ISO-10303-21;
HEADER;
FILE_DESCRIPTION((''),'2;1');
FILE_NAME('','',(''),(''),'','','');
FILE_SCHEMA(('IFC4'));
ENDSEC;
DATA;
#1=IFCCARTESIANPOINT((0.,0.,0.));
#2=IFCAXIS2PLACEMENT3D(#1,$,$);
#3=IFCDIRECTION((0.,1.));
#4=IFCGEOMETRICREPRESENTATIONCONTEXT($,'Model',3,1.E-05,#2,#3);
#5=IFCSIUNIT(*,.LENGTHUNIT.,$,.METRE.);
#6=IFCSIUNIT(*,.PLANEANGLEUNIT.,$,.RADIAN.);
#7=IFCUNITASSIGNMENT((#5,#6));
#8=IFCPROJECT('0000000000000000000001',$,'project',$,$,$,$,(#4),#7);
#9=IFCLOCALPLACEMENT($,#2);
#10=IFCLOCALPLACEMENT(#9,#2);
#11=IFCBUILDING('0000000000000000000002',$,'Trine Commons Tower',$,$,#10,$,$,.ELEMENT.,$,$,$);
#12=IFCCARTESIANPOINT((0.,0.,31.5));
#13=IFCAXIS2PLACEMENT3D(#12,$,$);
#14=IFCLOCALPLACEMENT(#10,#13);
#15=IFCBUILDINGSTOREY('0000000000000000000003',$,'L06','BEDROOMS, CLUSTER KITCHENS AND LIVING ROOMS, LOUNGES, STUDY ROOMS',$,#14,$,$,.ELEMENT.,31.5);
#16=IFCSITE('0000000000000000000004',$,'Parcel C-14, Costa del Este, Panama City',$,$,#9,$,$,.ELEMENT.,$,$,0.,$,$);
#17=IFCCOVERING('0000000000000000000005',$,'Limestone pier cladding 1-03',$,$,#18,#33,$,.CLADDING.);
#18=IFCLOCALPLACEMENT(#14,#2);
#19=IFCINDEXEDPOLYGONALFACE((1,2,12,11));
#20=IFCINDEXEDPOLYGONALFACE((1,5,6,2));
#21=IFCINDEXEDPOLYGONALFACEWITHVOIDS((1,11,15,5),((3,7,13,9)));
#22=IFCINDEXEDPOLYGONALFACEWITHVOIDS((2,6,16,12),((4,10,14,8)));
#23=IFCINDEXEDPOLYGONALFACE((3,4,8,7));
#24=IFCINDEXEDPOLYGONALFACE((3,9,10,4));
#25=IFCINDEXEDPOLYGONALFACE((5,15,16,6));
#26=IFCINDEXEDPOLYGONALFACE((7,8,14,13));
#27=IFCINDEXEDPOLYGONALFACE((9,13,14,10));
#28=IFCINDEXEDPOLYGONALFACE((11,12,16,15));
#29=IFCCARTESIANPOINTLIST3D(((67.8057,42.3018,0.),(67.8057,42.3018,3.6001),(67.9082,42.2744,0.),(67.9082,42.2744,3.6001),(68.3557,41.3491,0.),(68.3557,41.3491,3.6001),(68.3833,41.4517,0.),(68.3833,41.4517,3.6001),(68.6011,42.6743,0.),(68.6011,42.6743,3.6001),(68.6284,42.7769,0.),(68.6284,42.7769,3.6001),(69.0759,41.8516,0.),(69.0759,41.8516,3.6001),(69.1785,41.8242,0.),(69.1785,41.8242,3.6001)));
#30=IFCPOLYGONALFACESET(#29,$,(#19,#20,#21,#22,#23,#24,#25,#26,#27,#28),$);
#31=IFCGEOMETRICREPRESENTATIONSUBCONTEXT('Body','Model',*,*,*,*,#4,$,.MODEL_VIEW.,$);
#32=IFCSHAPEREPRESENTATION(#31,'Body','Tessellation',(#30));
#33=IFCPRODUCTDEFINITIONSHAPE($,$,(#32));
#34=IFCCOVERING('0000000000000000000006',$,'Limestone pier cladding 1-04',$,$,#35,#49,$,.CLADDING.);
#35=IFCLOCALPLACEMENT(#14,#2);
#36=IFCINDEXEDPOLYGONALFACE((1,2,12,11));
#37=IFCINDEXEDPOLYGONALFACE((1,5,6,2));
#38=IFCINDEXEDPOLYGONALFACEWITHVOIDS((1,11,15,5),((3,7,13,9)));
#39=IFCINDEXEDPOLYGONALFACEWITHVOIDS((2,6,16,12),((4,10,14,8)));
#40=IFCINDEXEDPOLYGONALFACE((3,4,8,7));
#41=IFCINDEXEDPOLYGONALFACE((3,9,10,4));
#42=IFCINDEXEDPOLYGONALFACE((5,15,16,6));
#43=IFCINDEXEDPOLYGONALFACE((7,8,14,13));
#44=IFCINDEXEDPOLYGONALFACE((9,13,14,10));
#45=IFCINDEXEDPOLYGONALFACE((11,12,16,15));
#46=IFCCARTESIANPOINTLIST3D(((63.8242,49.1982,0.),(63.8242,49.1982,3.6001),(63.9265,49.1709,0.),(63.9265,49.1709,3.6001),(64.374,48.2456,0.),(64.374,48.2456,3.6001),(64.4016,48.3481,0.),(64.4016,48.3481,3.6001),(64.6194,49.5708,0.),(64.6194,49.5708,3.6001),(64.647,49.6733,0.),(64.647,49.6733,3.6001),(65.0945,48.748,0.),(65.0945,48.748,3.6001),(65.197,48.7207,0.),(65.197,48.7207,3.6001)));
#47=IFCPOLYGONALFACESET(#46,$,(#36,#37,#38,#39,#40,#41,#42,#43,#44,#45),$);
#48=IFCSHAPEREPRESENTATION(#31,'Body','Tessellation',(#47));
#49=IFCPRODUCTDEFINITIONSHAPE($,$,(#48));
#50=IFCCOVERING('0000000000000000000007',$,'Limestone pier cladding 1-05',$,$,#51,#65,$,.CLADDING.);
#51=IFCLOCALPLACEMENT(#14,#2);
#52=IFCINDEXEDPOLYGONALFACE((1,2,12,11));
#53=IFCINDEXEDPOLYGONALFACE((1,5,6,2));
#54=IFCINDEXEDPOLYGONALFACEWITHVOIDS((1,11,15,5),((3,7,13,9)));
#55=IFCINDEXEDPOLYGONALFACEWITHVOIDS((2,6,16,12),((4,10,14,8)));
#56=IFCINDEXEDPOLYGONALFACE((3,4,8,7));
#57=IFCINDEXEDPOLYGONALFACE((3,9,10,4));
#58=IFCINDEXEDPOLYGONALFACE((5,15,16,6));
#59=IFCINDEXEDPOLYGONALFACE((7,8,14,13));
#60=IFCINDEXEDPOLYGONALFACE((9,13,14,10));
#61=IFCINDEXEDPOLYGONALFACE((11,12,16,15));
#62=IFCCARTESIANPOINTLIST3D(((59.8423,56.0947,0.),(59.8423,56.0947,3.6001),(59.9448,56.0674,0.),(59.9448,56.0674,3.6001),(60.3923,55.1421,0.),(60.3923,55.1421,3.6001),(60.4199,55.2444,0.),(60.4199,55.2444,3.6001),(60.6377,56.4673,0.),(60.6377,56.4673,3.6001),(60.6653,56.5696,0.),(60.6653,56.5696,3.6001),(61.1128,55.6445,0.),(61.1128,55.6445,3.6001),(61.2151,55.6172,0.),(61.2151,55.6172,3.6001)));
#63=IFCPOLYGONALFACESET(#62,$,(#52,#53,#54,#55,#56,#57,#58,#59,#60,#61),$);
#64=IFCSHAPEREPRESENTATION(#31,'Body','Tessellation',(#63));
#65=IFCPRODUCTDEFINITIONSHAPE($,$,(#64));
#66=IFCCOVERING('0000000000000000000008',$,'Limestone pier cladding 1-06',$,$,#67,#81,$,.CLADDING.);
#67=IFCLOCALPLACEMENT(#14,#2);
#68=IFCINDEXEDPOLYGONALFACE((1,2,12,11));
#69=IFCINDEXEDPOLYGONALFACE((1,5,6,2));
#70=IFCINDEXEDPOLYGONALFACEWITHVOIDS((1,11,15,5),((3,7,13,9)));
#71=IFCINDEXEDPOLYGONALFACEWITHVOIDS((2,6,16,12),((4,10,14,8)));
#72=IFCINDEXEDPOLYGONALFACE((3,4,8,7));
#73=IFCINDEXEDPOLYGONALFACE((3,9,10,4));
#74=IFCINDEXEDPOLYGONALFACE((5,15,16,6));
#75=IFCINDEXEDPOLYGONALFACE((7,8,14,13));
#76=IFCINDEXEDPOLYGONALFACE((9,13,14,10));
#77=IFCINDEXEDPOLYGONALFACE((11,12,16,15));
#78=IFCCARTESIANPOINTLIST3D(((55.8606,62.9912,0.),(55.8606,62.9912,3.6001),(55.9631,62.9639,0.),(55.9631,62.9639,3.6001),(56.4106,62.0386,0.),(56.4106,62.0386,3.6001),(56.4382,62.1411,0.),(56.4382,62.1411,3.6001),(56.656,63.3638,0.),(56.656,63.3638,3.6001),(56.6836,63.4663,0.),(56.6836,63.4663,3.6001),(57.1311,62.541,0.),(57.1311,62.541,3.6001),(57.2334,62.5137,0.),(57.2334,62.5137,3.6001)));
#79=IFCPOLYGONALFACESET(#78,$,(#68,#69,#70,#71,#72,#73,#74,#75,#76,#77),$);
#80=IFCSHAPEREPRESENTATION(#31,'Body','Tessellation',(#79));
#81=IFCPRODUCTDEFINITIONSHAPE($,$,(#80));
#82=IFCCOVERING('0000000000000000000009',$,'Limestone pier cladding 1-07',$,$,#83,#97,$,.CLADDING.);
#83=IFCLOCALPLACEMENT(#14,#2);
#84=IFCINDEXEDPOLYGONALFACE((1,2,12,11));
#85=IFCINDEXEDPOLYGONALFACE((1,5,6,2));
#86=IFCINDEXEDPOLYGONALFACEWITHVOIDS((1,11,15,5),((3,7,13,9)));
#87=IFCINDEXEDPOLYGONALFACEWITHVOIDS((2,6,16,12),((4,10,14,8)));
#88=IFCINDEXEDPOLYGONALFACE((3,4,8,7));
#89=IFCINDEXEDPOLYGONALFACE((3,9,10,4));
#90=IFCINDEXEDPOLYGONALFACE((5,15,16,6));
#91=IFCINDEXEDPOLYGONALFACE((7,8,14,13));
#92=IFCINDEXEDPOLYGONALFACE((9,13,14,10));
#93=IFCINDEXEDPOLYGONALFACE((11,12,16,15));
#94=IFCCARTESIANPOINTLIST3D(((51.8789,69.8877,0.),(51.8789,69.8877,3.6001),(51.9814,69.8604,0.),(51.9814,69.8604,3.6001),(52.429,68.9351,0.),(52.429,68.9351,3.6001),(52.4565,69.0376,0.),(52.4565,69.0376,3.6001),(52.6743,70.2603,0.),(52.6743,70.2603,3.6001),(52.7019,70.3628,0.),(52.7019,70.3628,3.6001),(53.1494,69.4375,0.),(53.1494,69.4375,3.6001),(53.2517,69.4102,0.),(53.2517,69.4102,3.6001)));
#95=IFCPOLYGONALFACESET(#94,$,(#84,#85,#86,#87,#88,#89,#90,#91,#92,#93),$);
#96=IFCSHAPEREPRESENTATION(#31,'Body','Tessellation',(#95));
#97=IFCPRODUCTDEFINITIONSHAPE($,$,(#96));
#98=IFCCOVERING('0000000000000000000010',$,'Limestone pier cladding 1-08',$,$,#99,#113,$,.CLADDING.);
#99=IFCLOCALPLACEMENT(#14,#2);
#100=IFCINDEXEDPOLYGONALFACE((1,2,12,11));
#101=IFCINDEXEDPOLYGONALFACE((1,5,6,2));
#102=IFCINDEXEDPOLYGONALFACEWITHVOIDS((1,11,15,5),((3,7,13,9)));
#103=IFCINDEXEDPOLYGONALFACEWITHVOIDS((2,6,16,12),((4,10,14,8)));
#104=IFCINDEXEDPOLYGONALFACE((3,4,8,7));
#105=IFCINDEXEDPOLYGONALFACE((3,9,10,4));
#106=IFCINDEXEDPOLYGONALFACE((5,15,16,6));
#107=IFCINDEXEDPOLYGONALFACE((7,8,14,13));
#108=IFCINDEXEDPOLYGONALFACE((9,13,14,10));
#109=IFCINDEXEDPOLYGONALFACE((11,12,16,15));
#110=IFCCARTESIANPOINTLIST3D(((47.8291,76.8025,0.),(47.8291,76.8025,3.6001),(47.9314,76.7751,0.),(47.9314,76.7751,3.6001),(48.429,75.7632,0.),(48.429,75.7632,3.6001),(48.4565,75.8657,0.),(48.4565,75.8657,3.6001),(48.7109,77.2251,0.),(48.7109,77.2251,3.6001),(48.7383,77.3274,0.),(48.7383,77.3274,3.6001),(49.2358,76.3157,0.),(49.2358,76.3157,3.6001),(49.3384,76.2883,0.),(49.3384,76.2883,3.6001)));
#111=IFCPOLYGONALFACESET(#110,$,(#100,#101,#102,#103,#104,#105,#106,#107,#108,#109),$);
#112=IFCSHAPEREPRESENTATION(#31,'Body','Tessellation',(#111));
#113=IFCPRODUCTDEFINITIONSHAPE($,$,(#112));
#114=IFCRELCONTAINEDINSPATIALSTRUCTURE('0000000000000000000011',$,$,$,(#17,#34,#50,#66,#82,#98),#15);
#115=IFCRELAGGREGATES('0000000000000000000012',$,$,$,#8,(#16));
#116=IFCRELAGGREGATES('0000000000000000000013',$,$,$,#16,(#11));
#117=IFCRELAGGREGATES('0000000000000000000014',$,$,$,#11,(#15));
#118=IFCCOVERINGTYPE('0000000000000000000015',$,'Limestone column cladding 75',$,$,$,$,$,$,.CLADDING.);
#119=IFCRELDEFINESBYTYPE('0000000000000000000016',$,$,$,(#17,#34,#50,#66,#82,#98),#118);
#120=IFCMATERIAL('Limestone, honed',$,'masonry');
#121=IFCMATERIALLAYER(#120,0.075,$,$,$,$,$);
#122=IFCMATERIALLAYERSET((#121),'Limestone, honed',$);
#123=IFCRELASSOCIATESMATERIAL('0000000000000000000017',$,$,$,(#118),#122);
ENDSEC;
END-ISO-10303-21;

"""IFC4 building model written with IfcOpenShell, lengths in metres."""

from ifc_helpers import new_model, si_unit, direction, frame, origin, place, context, subcontext, project, spatial, polyline, outline, extrude, material, layer, layer_set, type_object, element, save


model = new_model("IFC4")

# Units and contexts
model_context = context("Model", 3, precision=1e-05, world=origin(), true_north=direction((0.0, 1.0)))
body_context = subcontext(model_context, "Body", "Model", "MODEL_VIEW")
ifc_project = project(units=[si_unit("LENGTHUNIT", "METRE"), si_unit("PLANEANGLEUNIT", "RADIAN")], contexts=[model_context])

# Site, building, storey
site_placement = place(None, origin())
site = spatial("IfcSite", under=ifc_project, at=site_placement, Name="Parcel C-14, Costa del Este, Panama City", CompositionType="ELEMENT", RefElevation=0.0)
building_placement = place(site_placement, origin())
building = spatial("IfcBuilding", under=site, at=building_placement, Name="Trine Commons Tower", CompositionType="ELEMENT")
storey_placement = place(building_placement, frame((0.0, 0.0, 31.5)))
storey = spatial("IfcBuildingStorey", under=building, at=storey_placement, Name="L06", Description="BEDROOMS, CLUSTER KITCHENS AND LIVING ROOMS, LOUNGES, STUDY ROOMS", CompositionType="ELEMENT", Elevation=31.5)

# Coverings
ifc_material_1 = material(Name="Limestone, honed", Category="masonry")
ifc_layer_1 = layer(ifc_material_1, 0.075)
ifc_layer_set_1 = layer_set([ifc_layer_1], Name="Limestone, honed")
covering_type_1 = type_object("IfcCoveringType", Name="Limestone column cladding 75", PredefinedType="CLADDING", material=ifc_layer_set_1)
covering_1_placement = place(storey_placement, origin())
element("IfcCovering", 1, at=covering_1_placement, inside=storey, type_object=covering_type_1, Name="Limestone pier cladding 1-03", PredefinedType="CLADDING", context=body_context, shape_type="SweptSolid", body=[
    extrude(outline(polyline([(68.6284, 42.7769), (67.8057, 42.3018), (68.3557, 41.3491), (69.1785, 41.8242), (68.6284, 42.7769)]), holes=[polyline([(68.6011, 42.6743), (67.9082, 42.2744), (68.3833, 41.4517), (69.0759, 41.8516), (68.6011, 42.6743)])]), origin(), (0.0, 0.0, 1.0), 3.6001),
])
covering_2_placement = place(storey_placement, origin())
element("IfcCovering", 2, at=covering_2_placement, inside=storey, type_object=covering_type_1, Name="Limestone pier cladding 1-04", PredefinedType="CLADDING", context=body_context, shape_type="SweptSolid", body=[
    extrude(outline(polyline([(64.647, 49.6733), (63.8242, 49.1982), (64.374, 48.2456), (65.197, 48.7207), (64.647, 49.6733)]), holes=[polyline([(64.6194, 49.5708), (63.9265, 49.1709), (64.4016, 48.3481), (65.0945, 48.748), (64.6194, 49.5708)])]), origin(), (0.0, 0.0, 1.0), 3.6001),
])
covering_3_placement = place(storey_placement, origin())
element("IfcCovering", 3, at=covering_3_placement, inside=storey, type_object=covering_type_1, Name="Limestone pier cladding 1-05", PredefinedType="CLADDING", context=body_context, shape_type="SweptSolid", body=[
    extrude(outline(polyline([(60.6653, 56.5696), (59.8423, 56.0947), (60.3923, 55.1421), (61.2151, 55.6172), (60.6653, 56.5696)]), holes=[polyline([(60.6377, 56.4673), (59.9448, 56.0674), (60.4199, 55.2444), (61.1128, 55.6445), (60.6377, 56.4673)])]), origin(), (0.0, 0.0, 1.0), 3.6001),
])
covering_4_placement = place(storey_placement, origin())
element("IfcCovering", 4, at=covering_4_placement, inside=storey, type_object=covering_type_1, Name="Limestone pier cladding 1-06", PredefinedType="CLADDING", context=body_context, shape_type="SweptSolid", body=[
    extrude(outline(polyline([(56.6836, 63.4663), (55.8606, 62.9912), (56.4106, 62.0386), (57.2334, 62.5137), (56.6836, 63.4663)]), holes=[polyline([(56.656, 63.3638), (55.9631, 62.9639), (56.4382, 62.1411), (57.1311, 62.541), (56.656, 63.3638)])]), origin(), (0.0, 0.0, 1.0), 3.6001),
])
covering_5_placement = place(storey_placement, origin())
element("IfcCovering", 5, at=covering_5_placement, inside=storey, type_object=covering_type_1, Name="Limestone pier cladding 1-07", PredefinedType="CLADDING", context=body_context, shape_type="SweptSolid", body=[
    extrude(outline(polyline([(52.7019, 70.3628), (51.8789, 69.8877), (52.429, 68.9351), (53.2517, 69.4102), (52.7019, 70.3628)]), holes=[polyline([(52.6743, 70.2603), (51.9814, 69.8604), (52.4565, 69.0376), (53.1494, 69.4375), (52.6743, 70.2603)])]), origin(), (0.0, 0.0, 1.0), 3.6001),
])
covering_6_placement = place(storey_placement, origin())
element("IfcCovering", 6, at=covering_6_placement, inside=storey, type_object=covering_type_1, Name="Limestone pier cladding 1-08", PredefinedType="CLADDING", context=body_context, shape_type="SweptSolid", body=[
    extrude(outline(polyline([(48.7383, 77.3274), (47.8291, 76.8025), (48.429, 75.7632), (49.3384, 76.2883), (48.7383, 77.3274)]), holes=[polyline([(48.7109, 77.2251), (47.9314, 76.7751), (48.4565, 75.8657), (49.2358, 76.3157), (48.7109, 77.2251)])]), origin(), (0.0, 0.0, 1.0), 3.6001),
])

save(model, "model.ifc")
